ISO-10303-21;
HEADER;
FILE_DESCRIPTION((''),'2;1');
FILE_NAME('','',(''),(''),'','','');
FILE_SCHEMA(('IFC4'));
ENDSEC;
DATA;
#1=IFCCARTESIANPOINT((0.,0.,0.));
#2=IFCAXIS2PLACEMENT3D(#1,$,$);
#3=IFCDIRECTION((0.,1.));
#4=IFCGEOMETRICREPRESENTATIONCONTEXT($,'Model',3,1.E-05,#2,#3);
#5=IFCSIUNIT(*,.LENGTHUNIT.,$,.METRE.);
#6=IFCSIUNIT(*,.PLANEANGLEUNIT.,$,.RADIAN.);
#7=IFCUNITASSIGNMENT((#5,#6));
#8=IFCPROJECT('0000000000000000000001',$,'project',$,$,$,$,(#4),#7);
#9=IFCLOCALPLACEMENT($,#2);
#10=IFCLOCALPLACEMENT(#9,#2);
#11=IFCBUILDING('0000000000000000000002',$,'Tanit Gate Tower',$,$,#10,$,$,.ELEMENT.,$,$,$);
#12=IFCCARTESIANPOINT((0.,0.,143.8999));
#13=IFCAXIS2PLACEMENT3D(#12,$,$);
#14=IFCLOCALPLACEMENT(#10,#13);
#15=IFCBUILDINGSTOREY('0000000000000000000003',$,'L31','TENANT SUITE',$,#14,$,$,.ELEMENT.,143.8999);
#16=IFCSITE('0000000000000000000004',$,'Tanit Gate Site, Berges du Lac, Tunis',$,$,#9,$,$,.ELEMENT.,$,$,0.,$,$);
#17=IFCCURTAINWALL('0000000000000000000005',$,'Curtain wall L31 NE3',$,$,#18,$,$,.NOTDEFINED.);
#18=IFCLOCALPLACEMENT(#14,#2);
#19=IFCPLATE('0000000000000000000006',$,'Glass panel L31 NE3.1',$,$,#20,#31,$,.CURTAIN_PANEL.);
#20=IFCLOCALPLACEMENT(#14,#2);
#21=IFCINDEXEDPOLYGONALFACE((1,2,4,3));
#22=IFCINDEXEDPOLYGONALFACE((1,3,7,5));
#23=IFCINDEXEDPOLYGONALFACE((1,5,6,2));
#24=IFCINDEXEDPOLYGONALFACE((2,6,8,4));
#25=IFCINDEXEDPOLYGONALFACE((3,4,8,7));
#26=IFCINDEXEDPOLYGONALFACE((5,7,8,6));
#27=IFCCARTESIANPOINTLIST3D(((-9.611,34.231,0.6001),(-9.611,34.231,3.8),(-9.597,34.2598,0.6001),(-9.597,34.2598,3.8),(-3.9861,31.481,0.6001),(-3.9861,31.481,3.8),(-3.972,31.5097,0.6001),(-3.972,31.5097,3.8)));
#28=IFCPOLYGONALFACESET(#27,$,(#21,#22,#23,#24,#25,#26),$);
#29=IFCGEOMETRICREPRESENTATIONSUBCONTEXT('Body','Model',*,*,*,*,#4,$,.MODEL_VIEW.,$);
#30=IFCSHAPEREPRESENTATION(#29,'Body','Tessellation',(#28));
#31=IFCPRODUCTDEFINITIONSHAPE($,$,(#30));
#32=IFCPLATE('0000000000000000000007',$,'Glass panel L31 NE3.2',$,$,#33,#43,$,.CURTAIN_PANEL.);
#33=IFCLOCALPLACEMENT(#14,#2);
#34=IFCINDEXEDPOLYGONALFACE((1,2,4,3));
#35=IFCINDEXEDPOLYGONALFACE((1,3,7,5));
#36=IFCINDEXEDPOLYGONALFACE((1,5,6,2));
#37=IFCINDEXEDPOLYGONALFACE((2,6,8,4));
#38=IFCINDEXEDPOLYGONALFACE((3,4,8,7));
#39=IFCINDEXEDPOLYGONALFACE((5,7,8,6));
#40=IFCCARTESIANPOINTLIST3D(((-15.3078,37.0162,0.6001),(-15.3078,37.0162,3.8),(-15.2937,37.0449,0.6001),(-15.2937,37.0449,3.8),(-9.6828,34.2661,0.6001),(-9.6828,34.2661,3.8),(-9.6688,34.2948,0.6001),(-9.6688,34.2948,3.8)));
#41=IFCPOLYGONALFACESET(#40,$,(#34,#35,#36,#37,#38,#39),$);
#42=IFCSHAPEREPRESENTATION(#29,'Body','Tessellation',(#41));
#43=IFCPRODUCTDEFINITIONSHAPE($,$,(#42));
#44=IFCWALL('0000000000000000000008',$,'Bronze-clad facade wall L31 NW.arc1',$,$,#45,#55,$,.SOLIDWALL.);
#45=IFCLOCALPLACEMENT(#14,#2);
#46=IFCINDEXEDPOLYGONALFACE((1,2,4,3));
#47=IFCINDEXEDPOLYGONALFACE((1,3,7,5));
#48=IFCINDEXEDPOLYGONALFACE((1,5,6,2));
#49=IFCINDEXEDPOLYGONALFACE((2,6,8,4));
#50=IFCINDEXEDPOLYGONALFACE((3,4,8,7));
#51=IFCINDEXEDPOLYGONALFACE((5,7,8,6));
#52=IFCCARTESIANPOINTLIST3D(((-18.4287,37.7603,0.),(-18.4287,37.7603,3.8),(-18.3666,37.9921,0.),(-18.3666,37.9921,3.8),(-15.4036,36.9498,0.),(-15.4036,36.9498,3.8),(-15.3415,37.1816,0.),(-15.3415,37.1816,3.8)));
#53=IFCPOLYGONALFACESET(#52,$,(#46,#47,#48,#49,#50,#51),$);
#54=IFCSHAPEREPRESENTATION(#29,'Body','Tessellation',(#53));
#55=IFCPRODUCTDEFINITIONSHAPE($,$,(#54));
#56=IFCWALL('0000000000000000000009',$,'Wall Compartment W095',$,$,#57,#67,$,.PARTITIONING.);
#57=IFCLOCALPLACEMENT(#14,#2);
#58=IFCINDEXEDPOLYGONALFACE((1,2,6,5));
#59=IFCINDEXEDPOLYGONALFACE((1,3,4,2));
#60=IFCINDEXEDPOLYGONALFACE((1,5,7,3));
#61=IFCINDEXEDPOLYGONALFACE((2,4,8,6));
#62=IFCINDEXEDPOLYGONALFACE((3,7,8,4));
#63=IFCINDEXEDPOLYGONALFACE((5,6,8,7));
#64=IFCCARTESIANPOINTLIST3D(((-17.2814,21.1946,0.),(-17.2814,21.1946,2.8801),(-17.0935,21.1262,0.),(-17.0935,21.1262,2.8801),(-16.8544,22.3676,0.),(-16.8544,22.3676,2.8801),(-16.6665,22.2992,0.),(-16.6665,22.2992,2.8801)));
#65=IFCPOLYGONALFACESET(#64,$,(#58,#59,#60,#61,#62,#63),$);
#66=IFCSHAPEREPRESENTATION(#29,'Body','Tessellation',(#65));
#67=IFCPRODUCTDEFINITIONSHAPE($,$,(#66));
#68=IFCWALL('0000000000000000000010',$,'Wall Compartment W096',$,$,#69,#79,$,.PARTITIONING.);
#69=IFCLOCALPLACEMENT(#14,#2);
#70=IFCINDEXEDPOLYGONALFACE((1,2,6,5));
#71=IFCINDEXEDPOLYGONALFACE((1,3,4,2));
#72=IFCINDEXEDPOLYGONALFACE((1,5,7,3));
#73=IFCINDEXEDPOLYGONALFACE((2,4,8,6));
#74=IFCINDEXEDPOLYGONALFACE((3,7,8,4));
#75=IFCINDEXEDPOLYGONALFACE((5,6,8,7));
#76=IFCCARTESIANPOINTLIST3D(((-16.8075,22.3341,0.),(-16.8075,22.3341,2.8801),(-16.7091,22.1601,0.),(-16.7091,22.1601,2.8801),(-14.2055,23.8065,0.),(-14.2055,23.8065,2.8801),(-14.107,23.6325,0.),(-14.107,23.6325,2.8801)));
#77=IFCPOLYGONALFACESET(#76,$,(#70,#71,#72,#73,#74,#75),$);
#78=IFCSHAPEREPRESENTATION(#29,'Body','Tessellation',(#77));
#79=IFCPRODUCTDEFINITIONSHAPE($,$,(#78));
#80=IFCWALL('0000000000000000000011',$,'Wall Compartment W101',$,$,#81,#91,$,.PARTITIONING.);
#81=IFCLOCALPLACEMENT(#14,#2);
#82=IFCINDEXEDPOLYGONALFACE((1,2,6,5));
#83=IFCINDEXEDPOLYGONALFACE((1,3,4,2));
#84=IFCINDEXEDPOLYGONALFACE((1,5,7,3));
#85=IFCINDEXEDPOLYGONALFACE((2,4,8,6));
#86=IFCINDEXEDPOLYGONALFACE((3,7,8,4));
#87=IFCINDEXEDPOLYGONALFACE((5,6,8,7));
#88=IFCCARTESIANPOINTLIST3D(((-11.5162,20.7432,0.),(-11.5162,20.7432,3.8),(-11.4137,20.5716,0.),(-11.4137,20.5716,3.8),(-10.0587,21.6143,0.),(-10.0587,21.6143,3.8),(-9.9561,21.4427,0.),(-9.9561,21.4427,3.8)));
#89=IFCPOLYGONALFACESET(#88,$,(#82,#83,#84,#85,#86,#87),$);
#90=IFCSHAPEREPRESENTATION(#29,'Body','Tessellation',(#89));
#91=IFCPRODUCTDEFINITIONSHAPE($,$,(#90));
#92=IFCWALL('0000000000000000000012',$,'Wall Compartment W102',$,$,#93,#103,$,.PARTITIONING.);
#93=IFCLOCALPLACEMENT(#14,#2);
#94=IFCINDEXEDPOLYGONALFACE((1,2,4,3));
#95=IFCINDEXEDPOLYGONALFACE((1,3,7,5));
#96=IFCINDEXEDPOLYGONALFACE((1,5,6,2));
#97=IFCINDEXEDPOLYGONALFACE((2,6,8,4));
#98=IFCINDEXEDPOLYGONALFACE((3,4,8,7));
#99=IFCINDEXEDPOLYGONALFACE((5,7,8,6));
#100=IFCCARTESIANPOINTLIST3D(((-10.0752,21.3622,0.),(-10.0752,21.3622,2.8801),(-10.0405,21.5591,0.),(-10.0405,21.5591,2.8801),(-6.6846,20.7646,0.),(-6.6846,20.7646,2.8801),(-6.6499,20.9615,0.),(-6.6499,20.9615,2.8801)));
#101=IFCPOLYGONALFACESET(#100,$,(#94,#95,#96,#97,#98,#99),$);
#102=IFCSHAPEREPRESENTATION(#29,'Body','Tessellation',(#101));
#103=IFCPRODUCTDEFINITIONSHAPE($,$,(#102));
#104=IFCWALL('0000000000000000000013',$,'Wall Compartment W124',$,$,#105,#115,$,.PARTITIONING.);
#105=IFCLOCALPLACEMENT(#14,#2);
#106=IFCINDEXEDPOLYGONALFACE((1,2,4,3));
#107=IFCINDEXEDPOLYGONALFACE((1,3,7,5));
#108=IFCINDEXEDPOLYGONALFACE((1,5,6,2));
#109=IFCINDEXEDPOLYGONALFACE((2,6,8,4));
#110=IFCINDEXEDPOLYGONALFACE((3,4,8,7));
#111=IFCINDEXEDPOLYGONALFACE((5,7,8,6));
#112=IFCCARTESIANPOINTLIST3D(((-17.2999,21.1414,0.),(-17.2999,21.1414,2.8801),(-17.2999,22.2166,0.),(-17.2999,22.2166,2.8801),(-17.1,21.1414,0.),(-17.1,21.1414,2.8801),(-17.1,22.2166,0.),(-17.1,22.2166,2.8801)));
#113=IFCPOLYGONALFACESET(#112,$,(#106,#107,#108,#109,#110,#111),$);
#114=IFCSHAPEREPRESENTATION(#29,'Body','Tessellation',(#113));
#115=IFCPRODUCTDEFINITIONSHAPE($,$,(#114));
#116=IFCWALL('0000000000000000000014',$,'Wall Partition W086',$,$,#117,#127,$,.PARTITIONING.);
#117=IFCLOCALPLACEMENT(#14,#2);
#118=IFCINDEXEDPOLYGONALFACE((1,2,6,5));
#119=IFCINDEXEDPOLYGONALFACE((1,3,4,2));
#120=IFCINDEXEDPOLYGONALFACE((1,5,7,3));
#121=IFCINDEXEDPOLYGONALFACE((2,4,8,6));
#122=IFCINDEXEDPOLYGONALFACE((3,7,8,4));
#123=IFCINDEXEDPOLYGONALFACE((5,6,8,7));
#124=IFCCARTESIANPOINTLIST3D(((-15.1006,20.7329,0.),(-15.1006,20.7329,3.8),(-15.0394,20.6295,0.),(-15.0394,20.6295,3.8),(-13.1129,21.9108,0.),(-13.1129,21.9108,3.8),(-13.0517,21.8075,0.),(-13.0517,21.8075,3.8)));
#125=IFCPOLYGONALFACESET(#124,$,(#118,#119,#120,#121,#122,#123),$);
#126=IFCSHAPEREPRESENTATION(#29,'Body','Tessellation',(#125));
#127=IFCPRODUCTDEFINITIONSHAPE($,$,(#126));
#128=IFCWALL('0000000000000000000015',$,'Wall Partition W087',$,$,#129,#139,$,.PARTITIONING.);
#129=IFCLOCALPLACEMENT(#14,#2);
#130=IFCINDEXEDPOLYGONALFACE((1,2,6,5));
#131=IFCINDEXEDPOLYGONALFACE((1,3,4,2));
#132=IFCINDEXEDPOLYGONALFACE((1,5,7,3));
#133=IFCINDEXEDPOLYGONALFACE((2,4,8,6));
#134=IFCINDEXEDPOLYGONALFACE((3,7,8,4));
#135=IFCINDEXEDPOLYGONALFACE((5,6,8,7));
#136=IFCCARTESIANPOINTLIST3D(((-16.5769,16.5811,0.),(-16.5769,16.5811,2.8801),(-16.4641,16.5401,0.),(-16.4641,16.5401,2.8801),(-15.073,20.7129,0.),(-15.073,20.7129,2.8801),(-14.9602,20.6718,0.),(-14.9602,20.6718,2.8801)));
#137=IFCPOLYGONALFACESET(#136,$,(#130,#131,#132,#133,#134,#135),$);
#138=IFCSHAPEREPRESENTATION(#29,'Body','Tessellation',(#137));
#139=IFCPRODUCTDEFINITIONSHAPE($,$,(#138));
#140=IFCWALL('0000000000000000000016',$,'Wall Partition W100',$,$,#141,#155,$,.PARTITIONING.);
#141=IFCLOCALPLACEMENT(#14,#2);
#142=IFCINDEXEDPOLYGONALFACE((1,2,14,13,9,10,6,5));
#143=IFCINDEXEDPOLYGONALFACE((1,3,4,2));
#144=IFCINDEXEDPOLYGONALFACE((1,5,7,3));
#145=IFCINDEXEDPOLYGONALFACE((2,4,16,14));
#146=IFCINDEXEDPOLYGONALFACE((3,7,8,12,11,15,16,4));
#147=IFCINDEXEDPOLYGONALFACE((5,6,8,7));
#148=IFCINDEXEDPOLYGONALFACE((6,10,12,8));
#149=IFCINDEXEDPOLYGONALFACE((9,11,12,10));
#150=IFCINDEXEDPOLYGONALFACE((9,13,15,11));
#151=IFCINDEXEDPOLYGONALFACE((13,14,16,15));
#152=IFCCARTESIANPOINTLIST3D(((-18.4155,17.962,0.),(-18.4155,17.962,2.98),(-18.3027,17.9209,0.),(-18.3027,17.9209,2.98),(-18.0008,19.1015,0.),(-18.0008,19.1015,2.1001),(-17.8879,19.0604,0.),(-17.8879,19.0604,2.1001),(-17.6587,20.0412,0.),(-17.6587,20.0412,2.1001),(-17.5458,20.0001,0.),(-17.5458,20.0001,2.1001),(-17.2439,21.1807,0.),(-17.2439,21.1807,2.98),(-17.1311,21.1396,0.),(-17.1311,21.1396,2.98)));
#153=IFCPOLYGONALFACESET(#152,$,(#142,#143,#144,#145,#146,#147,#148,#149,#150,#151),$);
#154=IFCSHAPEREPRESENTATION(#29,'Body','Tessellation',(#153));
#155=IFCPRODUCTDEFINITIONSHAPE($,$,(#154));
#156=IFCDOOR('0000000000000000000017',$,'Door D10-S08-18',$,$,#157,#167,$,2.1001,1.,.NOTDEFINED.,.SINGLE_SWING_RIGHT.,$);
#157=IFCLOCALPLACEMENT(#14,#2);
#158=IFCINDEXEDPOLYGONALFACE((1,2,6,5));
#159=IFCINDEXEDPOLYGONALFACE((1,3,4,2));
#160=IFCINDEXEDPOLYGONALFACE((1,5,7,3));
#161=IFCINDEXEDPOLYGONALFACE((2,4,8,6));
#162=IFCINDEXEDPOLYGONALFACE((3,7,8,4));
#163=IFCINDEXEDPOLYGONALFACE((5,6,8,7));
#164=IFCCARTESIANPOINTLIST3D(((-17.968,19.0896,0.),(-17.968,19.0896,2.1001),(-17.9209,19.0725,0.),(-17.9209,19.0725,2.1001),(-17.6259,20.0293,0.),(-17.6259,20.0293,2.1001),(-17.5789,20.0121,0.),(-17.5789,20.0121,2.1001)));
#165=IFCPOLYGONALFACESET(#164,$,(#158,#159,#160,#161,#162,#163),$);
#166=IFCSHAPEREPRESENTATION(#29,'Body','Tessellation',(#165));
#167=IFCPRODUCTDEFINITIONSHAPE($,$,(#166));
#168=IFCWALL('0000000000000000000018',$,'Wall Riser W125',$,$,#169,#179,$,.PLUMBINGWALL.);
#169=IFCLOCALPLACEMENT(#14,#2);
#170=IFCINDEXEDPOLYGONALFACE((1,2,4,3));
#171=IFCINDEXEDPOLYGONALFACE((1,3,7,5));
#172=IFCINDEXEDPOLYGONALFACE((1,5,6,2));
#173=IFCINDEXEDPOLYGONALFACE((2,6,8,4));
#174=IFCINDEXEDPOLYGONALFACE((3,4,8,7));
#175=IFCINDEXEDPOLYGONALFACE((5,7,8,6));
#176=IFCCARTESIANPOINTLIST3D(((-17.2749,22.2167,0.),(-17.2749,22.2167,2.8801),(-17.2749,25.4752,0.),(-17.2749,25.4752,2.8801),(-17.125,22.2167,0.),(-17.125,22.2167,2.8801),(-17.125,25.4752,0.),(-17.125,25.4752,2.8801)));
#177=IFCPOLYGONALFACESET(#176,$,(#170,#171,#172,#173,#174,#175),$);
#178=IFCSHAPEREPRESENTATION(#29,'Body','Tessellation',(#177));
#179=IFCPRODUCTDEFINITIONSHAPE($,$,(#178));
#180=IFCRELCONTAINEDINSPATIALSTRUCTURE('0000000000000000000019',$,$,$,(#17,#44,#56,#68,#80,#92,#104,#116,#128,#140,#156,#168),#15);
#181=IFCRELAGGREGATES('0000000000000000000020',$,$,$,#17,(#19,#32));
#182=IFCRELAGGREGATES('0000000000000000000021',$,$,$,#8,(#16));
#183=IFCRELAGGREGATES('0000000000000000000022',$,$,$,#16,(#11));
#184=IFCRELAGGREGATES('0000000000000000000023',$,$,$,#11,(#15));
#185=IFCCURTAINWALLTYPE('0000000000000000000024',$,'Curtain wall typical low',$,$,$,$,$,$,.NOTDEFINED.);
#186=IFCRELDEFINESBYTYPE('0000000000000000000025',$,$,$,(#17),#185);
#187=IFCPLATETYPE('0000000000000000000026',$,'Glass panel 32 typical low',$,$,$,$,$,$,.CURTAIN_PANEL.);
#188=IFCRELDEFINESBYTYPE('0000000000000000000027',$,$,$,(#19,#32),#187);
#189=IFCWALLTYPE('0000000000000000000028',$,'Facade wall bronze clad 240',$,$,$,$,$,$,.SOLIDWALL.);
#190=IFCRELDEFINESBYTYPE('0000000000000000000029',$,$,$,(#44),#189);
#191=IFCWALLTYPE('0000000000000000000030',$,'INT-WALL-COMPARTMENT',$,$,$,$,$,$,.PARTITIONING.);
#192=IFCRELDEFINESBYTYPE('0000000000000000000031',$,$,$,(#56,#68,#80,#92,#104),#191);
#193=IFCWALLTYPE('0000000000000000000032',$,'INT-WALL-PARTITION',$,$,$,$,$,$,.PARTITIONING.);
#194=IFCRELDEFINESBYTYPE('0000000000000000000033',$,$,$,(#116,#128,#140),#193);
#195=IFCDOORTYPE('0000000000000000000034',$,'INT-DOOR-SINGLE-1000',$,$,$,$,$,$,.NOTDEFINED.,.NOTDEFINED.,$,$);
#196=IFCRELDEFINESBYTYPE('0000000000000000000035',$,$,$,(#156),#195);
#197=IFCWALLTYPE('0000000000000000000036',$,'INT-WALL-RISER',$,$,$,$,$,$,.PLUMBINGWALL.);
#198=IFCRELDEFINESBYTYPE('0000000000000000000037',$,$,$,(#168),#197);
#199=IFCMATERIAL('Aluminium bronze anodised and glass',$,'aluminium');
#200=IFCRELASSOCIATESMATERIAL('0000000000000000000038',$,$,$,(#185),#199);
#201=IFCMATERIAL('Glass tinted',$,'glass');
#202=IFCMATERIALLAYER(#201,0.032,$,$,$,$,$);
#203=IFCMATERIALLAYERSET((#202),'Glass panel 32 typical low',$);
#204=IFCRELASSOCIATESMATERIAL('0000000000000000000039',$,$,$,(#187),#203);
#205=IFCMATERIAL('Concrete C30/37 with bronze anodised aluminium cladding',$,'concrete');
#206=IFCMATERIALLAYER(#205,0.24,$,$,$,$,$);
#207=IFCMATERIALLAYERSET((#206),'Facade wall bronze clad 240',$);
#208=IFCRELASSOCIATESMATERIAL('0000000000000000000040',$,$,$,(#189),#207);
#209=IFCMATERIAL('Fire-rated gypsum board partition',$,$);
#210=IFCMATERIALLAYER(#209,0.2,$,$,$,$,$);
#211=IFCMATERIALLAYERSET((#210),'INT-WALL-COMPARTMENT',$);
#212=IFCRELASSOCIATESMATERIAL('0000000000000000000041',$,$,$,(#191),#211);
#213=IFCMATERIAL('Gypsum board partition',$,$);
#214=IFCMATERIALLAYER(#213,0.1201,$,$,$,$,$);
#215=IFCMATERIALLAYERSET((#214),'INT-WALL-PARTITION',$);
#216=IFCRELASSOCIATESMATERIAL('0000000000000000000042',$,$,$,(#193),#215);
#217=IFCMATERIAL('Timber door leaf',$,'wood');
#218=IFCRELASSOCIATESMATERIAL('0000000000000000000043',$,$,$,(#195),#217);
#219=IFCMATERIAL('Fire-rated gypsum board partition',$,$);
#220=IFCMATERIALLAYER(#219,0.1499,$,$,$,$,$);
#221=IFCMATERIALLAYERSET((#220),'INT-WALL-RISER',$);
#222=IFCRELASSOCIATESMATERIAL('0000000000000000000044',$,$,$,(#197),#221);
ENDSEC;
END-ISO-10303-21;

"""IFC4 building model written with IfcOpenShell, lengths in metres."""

from ifc_helpers import new_model, si_unit, direction, frame, frame_2d, origin, origin_2d, place, context, subcontext, project, spatial, rectangle, extrude, material, layer, layer_set, type_object, element, fill, aggregate, save


model = new_model("IFC4")

# Units and contexts
model_context = context("Model", 3, precision=1e-05, world=origin(), true_north=direction((0.0, 1.0)))
body_context = subcontext(model_context, "Body", "Model", "MODEL_VIEW")
ifc_project = project(units=[si_unit("LENGTHUNIT", "METRE"), si_unit("PLANEANGLEUNIT", "RADIAN")], contexts=[model_context])

# Site, building, storey
site_placement = place(None, origin())
site = spatial("IfcSite", under=ifc_project, at=site_placement, Name="Tanit Gate Site, Berges du Lac, Tunis", CompositionType="ELEMENT", RefElevation=0.0)
building_placement = place(site_placement, origin())
building = spatial("IfcBuilding", under=site, at=building_placement, Name="Tanit Gate Tower", CompositionType="ELEMENT")
storey_placement = place(building_placement, frame((0.0, 0.0, 143.8999)))
storey = spatial("IfcBuildingStorey", under=building, at=storey_placement, Name="L31", Description="TENANT SUITE", CompositionType="ELEMENT", Elevation=143.8999)

# Curtain wall
ifc_material_1 = material(Name="Aluminium bronze anodised and glass", Category="aluminium")
curtain_wall_type = type_object("IfcCurtainWallType", Name="Curtain wall typical low", PredefinedType="NOTDEFINED", material=ifc_material_1)
curtain_wall_placement = place(storey_placement, origin())
curtain_wall = element("IfcCurtainWall", 1, at=curtain_wall_placement, inside=storey, type_object=curtain_wall_type, Name="Curtain wall L31 NE3", PredefinedType="NOTDEFINED")

# Plates
ifc_material_2 = material(Name="Glass tinted", Category="glass")
ifc_layer_1 = layer(ifc_material_2, 0.032)
ifc_layer_set_1 = layer_set([ifc_layer_1], Name="Glass panel 32 typical low")
plate_type = type_object("IfcPlateType", Name="Glass panel 32 typical low", PredefinedType="CURTAIN_PANEL", material=ifc_layer_set_1)
plate_1_placement = place(storey_placement, frame((-6.7915, 32.8704, 0.6001), z_axis=(0.0, 0.0, 1.0), x_axis=(-0.898379, 0.439222, 0.0)))
plate_1 = element("IfcPlate", 2, at=plate_1_placement, type_object=plate_type, Name="Glass panel L31 NE3.1", PredefinedType="CURTAIN_PANEL", context=body_context, shape_type="SweptSolid", body=[
    extrude(rectangle(XDim=6.2612, YDim=0.032, at=origin_2d()), origin(), (0.0, 0.0, 1.0), 3.2),
])
plate_2_placement = place(storey_placement, frame((-12.4883, 35.6555, 0.6001), z_axis=(0.0, 0.0, 1.0), x_axis=(-0.898379, 0.439222, 0.0)))
plate_2 = element("IfcPlate", 3, at=plate_2_placement, type_object=plate_type, Name="Glass panel L31 NE3.2", PredefinedType="CURTAIN_PANEL", context=body_context, shape_type="SweptSolid", body=[
    extrude(rectangle(XDim=6.2612, YDim=0.032, at=origin_2d()), origin(), (0.0, 0.0, 1.0), 3.2),
])
aggregate(curtain_wall, [plate_1, plate_2])

# Walls
ifc_material_3 = material(Name="Concrete C30/37 with bronze anodised aluminium cladding", Category="concrete")
ifc_layer_2 = layer(ifc_material_3, 0.24)
ifc_layer_set_2 = layer_set([ifc_layer_2], Name="Facade wall bronze clad 240")
wall_type_1 = type_object("IfcWallType", Name="Facade wall bronze clad 240", PredefinedType="SOLIDWALL", material=ifc_layer_set_2)
wall_1_placement = place(storey_placement, frame((-15.3726, 37.0657, 0.0), z_axis=(0.0, 0.0, 1.0), x_axis=(-0.965929, 0.258808, 0.0)))
element("IfcWall", 4, at=wall_1_placement, inside=storey, type_object=wall_type_1, Name="Bronze-clad facade wall L31 NW.arc1", PredefinedType="SOLIDWALL", context=body_context, shape_type="SweptSolid", body=[
    extrude(rectangle(XDim=3.1318, YDim=0.24, at=frame_2d((1.5659, 0.0))), origin(), (0.0, 0.0, 1.0), 3.8),
])
ifc_material_4 = material(Name="Fire-rated gypsum board partition")
ifc_layer_3 = layer(ifc_material_4, 0.2)
ifc_layer_set_3 = layer_set([ifc_layer_3], Name="INT-WALL-COMPARTMENT")
wall_type_2 = type_object("IfcWallType", Name="INT-WALL-COMPARTMENT", PredefinedType="PARTITIONING", material=ifc_layer_set_3)
wall_2_placement = place(storey_placement, frame((-16.7605, 22.3333, 0.0), z_axis=(0.0, 0.0, 1.0), x_axis=(-0.342041, -0.939685, 0.0)))
element("IfcWall", 5, at=wall_2_placement, inside=storey, type_object=wall_type_2, Name="Wall Compartment W095", PredefinedType="PARTITIONING", context=body_context, shape_type="SweptSolid", body=[
    extrude(rectangle(XDim=1.2483, YDim=0.2, at=frame_2d((0.624, 0.0))), origin(), (0.0, 0.0, 1.0), 2.8801),
])
wall_3_placement = place(storey_placement, frame((-14.1562, 23.7195, 0.0), z_axis=(0.0, 0.0, 1.0), x_axis=(-0.870321, -0.492485, 0.0)))
element("IfcWall", 6, at=wall_3_placement, inside=storey, type_object=wall_type_2, Name="Wall Compartment W096", PredefinedType="PARTITIONING", context=body_context, shape_type="SweptSolid", body=[
    extrude(rectangle(XDim=2.9897, YDim=0.2, at=frame_2d((1.4949, 0.0))), origin(), (0.0, 0.0, 1.0), 2.8801),
])
wall_4_placement = place(storey_placement, frame((-10.0073, 21.5286, 0.0), z_axis=(0.0, 0.0, 1.0), x_axis=(-0.85838, -0.513015, 0.0)))
element("IfcWall", 7, at=wall_4_placement, inside=storey, type_object=wall_type_2, Name="Wall Compartment W101", PredefinedType="PARTITIONING", context=body_context, shape_type="SweptSolid", body=[
    extrude(rectangle(XDim=1.698, YDim=0.2, at=frame_2d((0.8491, 0.0))), origin(), (0.0, 0.0, 1.0), 3.8),
])
wall_5_placement = place(storey_placement, frame((-6.6672, 20.863, 0.0), z_axis=(0.0, 0.0, 1.0), x_axis=(-0.984818, 0.173591, 0.0)))
element("IfcWall", 8, at=wall_5_placement, inside=storey, type_object=wall_type_2, Name="Wall Compartment W102", PredefinedType="PARTITIONING", context=body_context, shape_type="SweptSolid", body=[
    extrude(rectangle(XDim=3.4429, YDim=0.2, at=frame_2d((1.7214, 0.0))), origin(), (0.0, 0.0, 1.0), 2.8801),
])
wall_6_placement = place(storey_placement, frame((-17.2, 21.1414, 0.0), z_axis=(0.0, 0.0, 1.0), x_axis=(0.0, 1.0, 0.0)))
element("IfcWall", 9, at=wall_6_placement, inside=storey, type_object=wall_type_2, Name="Wall Compartment W124", PredefinedType="PARTITIONING", context=body_context, shape_type="SweptSolid", body=[
    extrude(rectangle(XDim=1.0752, YDim=0.2, at=frame_2d((0.5376, 0.0))), origin(), (0.0, 0.0, 1.0), 2.8801),
])
ifc_material_5 = material(Name="Gypsum board partition")
ifc_layer_4 = layer(ifc_material_5, 0.1201)
ifc_layer_set_4 = layer_set([ifc_layer_4], Name="INT-WALL-PARTITION")
wall_type_3 = type_object("IfcWallType", Name="INT-WALL-PARTITION", PredefinedType="PARTITIONING", material=ifc_layer_set_4)
wall_7_placement = place(storey_placement, frame((-13.0823, 21.8591, 0.0), z_axis=(0.0, 0.0, 1.0), x_axis=(-0.860286, -0.509811, 0.0)))
element("IfcWall", 10, at=wall_7_placement, inside=storey, type_object=wall_type_3, Name="Wall Partition W086", PredefinedType="PARTITIONING", context=body_context, shape_type="SweptSolid", body=[
    extrude(rectangle(XDim=2.3105, YDim=0.1201, at=frame_2d((1.1553, 0.0))), origin(), (0.0, 0.0, 1.0), 3.8),
])
wall_8_placement = place(storey_placement, frame((-15.0166, 20.6924, 0.0), z_axis=(0.0, 0.0, 1.0), x_axis=(-0.342028, -0.93969, 0.0)))
element("IfcWall", 11, at=wall_8_placement, inside=storey, type_object=wall_type_3, Name="Wall Partition W087", PredefinedType="PARTITIONING", context=body_context, shape_type="SweptSolid", body=[
    extrude(rectangle(XDim=4.397, YDim=0.1201, at=frame_2d((2.1985, 0.0))), origin(), (0.0, 0.0, 1.0), 2.8801),
])

# Wall, opening, door
wall_9_placement = place(storey_placement, frame((-17.1875, 21.1602, 0.0), z_axis=(0.0, 0.0, 1.0), x_axis=(-0.342046, -0.939683, 0.0)))
wall_9 = element("IfcWall", 12, at=wall_9_placement, inside=storey, type_object=wall_type_3, Name="Wall Partition W100", PredefinedType="PARTITIONING", context=body_context, shape_type="SweptSolid", body=[
    extrude(rectangle(XDim=3.4253, YDim=0.1201, at=frame_2d((1.7126, 0.0))), origin(), (0.0, 0.0, 1.0), 2.98),
])
opening_1_placement = place(wall_9_placement, frame((1.2126, 0.0, 0.0)))
opening_1 = element("IfcOpeningElement", 13, at=opening_1_placement, cuts=wall_9, PredefinedType="OPENING", context=body_context, shape_type="SweptSolid", body=[
    extrude(rectangle(XDim=1.0, YDim=2.1001, at=frame_2d((0.5, 1.05))), frame((0.0, 0.0701, 0.0), z_axis=(0.0, -1.0, 0.0), x_axis=(1.0, 0.0, 0.0)), (0.0, 0.0, 1.0), 0.1401),
])
ifc_material_6 = material(Name="Timber door leaf", Category="wood")
door_type_1 = type_object("IfcDoorType", Name="INT-DOOR-SINGLE-1000", OperationType="NOTDEFINED", PredefinedType="NOTDEFINED", material=ifc_material_6)
door_1_placement = place(opening_1_placement, origin())
door_1 = element("IfcDoor", 14, at=door_1_placement, inside=storey, type_object=door_type_1, Name="Door D10-S08-18", OperationType="SINGLE_SWING_RIGHT", OverallHeight=2.1001, OverallWidth=1.0, PredefinedType="NOTDEFINED", context=body_context, shape_type="SweptSolid", body=[
    extrude(rectangle(XDim=1.0, YDim=2.1001, at=frame_2d((0.5, 1.05))), frame((0.0, 0.0249, 0.0), z_axis=(0.0, -1.0, 0.0), x_axis=(1.0, 0.0, 0.0)), (0.0, 0.0, 1.0), 0.05),
])
fill(opening_1, door_1)

# Wall
ifc_material_7 = material(Name="Fire-rated gypsum board partition")
ifc_layer_5 = layer(ifc_material_7, 0.1499)
ifc_layer_set_5 = layer_set([ifc_layer_5], Name="INT-WALL-RISER")
wall_type_4 = type_object("IfcWallType", Name="INT-WALL-RISER", PredefinedType="PLUMBINGWALL", material=ifc_layer_set_5)
wall_10_placement = place(storey_placement, frame((-17.2, 22.2166, 0.0), z_axis=(0.0, 0.0, 1.0), x_axis=(0.0, 1.0, 0.0)))
element("IfcWall", 15, at=wall_10_placement, inside=storey, type_object=wall_type_4, Name="Wall Riser W125", PredefinedType="PLUMBINGWALL", context=body_context, shape_type="SweptSolid", body=[
    extrude(rectangle(XDim=3.2585, YDim=0.1499, at=frame_2d((1.6294, 0.0))), origin(), (0.0, 0.0, 1.0), 2.8801),
])

save(model, "model.ifc")
